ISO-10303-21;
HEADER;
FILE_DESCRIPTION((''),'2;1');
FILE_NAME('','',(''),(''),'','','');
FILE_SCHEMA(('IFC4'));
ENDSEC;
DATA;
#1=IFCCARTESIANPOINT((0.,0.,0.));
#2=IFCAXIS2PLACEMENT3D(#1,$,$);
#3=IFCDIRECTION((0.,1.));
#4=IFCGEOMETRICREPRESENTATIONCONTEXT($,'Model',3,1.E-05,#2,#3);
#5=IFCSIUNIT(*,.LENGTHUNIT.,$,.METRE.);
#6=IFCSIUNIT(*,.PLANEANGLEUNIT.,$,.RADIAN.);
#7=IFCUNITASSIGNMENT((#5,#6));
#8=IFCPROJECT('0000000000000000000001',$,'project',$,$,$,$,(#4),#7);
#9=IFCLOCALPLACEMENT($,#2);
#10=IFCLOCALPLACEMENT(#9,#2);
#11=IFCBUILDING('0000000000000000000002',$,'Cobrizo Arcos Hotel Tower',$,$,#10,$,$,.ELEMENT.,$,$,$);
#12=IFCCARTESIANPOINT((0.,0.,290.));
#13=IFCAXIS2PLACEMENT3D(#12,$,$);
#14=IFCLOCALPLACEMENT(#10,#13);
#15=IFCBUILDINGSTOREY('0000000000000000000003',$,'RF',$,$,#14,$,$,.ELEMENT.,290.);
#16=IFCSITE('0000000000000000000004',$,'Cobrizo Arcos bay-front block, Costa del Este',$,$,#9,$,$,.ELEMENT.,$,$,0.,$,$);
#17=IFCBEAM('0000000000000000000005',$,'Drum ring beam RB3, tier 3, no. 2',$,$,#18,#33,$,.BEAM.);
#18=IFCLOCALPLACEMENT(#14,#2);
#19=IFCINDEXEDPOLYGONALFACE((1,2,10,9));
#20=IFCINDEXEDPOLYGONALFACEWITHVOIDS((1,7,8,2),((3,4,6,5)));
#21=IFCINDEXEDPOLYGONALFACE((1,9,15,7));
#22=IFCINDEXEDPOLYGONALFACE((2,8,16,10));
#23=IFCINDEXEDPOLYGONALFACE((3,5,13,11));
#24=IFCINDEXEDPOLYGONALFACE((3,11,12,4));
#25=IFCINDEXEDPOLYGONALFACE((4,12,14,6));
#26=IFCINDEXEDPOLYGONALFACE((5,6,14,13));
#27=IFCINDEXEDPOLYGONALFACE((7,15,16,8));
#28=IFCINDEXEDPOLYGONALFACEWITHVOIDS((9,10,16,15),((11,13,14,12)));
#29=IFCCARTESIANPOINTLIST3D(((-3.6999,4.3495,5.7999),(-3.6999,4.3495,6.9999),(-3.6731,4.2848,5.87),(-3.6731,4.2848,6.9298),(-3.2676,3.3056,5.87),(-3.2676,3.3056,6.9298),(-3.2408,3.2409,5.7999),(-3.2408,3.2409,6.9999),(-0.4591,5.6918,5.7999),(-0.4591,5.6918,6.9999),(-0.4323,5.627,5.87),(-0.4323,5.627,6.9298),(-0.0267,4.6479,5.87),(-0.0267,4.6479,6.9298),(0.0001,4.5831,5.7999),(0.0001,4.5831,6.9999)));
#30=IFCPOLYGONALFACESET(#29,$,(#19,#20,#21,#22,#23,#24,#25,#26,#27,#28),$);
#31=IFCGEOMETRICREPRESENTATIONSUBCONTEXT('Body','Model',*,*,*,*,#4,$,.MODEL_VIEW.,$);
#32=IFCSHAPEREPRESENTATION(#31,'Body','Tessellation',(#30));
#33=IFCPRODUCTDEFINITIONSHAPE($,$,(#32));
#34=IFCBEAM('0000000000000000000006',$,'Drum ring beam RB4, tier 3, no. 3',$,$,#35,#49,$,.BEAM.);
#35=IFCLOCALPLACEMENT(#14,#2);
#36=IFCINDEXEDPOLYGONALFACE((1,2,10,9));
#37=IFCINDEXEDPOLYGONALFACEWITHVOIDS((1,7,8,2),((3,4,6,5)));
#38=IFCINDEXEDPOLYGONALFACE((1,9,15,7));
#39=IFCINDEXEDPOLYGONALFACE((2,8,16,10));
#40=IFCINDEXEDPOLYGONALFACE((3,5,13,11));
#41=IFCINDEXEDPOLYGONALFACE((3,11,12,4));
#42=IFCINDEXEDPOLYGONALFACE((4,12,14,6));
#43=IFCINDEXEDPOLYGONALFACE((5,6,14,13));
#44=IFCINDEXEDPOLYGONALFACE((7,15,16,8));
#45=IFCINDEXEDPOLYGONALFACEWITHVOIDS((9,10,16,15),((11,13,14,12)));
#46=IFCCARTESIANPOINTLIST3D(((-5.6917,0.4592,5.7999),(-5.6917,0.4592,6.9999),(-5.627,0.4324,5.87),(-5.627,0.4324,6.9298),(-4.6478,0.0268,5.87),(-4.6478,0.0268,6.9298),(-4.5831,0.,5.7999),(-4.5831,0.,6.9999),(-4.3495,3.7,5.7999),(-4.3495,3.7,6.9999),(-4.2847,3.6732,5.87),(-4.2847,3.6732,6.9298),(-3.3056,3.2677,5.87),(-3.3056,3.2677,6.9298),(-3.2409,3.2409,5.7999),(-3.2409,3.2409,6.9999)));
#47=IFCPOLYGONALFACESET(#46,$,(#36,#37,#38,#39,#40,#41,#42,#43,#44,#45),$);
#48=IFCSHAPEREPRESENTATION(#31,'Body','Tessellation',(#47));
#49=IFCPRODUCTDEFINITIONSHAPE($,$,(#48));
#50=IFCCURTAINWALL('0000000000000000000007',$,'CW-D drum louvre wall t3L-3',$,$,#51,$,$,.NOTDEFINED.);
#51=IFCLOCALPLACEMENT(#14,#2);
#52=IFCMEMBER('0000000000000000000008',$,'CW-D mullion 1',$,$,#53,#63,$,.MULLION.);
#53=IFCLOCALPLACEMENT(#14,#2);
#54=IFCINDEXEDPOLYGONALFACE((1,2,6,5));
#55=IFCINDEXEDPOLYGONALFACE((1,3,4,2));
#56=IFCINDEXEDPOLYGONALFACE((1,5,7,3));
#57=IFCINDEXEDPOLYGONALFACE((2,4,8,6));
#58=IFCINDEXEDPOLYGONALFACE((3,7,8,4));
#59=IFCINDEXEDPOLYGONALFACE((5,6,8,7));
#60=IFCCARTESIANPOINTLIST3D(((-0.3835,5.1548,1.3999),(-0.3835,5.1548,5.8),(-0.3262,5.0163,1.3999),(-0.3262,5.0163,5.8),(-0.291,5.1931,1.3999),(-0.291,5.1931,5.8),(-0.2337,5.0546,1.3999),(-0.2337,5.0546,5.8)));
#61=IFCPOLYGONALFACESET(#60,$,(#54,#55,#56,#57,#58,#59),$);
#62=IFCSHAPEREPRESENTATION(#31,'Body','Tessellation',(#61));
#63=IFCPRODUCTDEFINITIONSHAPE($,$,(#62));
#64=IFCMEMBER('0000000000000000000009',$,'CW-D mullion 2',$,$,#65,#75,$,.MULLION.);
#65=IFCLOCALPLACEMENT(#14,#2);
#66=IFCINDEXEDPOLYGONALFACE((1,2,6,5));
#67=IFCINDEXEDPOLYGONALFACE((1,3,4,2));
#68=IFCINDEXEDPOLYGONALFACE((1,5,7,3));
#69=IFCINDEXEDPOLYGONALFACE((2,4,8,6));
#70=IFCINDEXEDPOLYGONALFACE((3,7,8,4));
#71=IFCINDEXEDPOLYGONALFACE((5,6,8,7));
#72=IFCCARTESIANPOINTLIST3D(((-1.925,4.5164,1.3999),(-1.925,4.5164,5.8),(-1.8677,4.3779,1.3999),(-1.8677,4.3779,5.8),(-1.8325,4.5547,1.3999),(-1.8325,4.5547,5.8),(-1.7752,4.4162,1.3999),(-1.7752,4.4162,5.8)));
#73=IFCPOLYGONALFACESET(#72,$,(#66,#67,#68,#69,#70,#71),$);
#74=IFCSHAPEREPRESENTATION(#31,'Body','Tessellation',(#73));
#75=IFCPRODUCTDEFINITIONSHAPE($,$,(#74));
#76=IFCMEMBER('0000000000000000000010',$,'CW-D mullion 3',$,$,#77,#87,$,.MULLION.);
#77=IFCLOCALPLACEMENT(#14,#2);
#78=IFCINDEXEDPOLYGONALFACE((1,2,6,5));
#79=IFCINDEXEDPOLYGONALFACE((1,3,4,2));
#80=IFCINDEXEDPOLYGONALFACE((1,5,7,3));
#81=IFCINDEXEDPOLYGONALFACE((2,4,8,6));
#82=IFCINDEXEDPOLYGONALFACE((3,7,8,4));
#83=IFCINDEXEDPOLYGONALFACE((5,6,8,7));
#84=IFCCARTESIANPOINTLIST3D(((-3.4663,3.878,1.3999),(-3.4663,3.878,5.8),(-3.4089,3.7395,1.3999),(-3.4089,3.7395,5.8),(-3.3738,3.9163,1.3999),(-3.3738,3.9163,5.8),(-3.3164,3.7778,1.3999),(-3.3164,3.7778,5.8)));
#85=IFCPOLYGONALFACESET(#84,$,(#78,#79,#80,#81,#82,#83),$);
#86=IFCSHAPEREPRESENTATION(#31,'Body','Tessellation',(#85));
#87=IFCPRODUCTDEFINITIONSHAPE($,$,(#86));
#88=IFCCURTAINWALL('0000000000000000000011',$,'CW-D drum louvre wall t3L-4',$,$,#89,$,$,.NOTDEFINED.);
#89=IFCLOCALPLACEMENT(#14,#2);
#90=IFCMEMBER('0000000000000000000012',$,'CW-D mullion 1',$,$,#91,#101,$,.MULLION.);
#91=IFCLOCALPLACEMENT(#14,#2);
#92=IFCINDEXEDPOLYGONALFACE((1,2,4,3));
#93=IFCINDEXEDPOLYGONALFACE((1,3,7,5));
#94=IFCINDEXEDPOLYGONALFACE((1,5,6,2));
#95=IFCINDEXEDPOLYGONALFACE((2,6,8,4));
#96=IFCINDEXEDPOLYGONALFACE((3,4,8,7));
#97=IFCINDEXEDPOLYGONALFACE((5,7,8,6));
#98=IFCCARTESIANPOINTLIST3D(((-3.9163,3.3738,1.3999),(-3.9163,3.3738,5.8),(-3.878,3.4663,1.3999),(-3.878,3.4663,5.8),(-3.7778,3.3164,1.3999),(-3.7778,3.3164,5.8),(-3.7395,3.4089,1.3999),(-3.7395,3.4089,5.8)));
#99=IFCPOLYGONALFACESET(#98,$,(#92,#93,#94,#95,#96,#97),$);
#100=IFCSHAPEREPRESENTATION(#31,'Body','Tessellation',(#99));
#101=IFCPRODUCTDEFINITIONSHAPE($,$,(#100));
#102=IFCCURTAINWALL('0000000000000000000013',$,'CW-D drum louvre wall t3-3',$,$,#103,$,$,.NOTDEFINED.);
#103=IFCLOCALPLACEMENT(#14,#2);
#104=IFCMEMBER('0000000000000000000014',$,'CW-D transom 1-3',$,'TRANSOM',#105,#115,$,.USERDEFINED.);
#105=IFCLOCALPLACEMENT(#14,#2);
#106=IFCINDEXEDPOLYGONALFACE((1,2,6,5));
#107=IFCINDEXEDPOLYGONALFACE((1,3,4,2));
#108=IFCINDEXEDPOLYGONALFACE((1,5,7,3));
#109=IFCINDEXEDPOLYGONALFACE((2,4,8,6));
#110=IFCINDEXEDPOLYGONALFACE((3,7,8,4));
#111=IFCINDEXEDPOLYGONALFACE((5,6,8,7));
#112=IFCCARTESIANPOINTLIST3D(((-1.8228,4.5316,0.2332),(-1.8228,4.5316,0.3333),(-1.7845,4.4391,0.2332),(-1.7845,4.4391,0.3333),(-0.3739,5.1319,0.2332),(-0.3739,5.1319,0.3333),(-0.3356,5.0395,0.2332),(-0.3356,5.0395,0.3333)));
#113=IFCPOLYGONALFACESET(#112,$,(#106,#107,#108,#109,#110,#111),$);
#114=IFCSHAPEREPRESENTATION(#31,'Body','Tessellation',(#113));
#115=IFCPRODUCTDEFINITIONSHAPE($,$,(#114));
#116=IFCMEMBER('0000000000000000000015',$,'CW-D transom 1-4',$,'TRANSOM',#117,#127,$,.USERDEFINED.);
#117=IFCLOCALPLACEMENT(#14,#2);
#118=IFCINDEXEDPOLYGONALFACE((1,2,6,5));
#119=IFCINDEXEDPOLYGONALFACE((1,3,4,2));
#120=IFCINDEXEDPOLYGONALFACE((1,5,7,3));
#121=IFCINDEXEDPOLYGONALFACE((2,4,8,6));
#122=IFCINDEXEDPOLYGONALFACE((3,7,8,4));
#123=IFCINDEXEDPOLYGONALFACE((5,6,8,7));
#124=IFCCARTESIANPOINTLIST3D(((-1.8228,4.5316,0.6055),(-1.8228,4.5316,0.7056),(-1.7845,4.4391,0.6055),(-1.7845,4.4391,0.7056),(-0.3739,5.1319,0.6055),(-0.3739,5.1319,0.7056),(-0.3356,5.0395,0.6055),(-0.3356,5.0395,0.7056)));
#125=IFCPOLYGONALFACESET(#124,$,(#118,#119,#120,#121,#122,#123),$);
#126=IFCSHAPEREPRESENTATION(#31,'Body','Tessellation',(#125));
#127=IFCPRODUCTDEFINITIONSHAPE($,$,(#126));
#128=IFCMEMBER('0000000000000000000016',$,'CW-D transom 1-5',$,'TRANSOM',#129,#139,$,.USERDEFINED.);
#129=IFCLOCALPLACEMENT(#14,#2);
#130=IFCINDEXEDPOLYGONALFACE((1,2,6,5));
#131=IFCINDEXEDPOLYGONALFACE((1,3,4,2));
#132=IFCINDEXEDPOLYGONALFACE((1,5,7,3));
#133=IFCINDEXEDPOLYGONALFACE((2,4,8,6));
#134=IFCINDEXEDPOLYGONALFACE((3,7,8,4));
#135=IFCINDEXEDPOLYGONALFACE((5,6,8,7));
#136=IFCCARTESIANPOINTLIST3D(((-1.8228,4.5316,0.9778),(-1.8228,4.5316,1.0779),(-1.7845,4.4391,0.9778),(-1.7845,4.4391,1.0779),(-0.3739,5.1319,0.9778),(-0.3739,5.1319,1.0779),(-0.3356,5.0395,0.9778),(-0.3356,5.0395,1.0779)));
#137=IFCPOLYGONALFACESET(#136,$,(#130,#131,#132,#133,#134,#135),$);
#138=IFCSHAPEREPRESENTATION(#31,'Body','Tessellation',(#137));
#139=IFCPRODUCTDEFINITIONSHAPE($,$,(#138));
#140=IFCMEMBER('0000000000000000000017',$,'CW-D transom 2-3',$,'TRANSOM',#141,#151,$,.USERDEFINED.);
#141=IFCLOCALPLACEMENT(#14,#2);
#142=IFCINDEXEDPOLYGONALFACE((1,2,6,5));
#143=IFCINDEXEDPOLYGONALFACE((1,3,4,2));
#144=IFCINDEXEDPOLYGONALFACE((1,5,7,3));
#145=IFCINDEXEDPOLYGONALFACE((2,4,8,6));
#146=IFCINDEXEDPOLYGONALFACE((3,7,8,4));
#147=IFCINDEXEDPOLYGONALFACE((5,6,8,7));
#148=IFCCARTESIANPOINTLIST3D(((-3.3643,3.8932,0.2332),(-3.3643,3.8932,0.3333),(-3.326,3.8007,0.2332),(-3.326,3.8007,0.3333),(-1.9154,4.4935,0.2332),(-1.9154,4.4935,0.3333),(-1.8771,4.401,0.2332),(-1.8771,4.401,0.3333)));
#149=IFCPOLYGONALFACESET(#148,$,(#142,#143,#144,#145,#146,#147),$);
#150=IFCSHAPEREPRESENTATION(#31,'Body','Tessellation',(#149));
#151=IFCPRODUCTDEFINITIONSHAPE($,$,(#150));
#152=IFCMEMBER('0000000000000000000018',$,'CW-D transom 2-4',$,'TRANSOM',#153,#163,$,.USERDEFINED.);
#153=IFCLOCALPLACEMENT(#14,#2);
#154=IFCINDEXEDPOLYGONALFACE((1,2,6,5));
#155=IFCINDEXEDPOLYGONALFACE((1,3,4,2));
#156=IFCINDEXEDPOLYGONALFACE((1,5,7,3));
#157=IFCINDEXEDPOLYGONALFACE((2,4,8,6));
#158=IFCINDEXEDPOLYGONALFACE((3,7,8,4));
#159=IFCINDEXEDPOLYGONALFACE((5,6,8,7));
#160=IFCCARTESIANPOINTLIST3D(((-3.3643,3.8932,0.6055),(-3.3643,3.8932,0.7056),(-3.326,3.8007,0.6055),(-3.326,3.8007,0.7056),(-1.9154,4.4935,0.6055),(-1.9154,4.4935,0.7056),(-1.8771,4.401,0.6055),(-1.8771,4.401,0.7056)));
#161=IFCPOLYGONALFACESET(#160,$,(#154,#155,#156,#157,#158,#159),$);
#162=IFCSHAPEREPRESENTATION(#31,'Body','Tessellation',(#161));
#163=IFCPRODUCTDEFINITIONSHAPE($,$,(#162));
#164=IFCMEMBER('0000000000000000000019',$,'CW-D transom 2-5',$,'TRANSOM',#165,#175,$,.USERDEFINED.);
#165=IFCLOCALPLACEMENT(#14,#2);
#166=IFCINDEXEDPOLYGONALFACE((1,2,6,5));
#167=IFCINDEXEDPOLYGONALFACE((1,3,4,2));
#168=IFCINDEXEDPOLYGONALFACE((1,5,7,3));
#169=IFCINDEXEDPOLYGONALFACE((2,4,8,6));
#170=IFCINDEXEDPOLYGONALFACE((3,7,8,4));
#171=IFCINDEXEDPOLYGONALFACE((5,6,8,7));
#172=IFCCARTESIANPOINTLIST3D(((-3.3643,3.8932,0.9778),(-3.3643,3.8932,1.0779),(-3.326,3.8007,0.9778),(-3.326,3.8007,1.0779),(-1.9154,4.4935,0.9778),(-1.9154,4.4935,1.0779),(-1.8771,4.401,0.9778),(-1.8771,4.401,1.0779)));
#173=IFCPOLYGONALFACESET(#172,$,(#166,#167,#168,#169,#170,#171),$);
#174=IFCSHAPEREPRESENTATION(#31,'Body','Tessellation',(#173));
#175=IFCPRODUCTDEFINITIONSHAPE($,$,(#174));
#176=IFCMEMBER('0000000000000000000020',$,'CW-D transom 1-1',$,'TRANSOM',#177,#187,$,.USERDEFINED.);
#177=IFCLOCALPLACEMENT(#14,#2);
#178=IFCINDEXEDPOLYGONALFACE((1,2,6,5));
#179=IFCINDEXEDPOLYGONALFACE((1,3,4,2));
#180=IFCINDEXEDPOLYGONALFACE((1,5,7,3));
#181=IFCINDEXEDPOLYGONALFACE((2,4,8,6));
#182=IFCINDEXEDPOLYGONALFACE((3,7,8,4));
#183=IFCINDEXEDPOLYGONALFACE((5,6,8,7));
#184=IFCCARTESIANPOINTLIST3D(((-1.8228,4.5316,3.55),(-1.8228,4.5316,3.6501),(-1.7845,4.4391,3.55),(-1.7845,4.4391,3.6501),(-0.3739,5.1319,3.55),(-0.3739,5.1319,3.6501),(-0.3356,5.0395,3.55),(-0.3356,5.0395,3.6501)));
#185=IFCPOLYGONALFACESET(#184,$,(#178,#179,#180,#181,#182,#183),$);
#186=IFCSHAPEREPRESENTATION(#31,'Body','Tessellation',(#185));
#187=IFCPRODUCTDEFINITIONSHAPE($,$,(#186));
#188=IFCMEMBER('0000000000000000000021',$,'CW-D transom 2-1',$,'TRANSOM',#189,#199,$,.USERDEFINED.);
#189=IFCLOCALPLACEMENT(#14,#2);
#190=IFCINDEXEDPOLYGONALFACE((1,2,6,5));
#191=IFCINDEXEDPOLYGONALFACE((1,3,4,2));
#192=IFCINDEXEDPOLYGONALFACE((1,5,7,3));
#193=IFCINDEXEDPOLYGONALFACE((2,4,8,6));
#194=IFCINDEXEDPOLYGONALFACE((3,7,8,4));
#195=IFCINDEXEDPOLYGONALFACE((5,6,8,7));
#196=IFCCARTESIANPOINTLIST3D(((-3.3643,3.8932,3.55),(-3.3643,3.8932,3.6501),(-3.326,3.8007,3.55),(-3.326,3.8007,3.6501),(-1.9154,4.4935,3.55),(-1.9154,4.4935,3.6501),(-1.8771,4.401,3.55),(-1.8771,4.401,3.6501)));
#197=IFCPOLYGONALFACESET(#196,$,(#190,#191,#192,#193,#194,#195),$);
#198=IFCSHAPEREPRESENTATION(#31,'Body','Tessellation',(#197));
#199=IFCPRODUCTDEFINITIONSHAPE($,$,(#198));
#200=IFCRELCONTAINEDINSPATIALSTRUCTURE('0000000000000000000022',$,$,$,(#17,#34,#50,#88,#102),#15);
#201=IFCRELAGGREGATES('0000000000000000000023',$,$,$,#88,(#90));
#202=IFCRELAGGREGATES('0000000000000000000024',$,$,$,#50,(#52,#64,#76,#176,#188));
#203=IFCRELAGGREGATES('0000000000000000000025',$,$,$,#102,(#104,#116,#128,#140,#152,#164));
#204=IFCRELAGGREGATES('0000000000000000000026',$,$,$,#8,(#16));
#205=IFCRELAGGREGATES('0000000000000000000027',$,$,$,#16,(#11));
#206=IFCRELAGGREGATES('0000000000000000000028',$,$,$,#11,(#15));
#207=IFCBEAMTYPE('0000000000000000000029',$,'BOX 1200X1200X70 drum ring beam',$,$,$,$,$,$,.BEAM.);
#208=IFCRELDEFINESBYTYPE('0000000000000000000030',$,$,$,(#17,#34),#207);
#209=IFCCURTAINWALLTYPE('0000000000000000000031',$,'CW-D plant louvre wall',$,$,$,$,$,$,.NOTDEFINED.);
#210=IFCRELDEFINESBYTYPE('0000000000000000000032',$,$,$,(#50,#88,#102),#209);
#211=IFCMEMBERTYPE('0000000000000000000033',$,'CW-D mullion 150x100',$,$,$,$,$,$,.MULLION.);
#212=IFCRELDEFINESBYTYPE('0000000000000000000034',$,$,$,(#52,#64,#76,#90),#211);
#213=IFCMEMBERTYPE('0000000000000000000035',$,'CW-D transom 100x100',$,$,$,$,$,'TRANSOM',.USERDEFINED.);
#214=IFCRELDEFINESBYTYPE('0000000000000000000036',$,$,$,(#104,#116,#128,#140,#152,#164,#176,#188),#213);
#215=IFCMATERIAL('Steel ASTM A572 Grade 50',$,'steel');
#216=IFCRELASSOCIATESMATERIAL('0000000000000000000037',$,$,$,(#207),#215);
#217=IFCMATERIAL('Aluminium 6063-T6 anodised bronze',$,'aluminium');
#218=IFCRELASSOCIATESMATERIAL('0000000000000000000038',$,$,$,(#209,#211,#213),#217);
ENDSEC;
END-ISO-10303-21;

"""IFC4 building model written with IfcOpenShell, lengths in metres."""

from ifc_helpers import new_model, si_unit, direction, frame, origin, origin_2d, place, context, subcontext, project, spatial, rectangle, hollow_rectangle, extrude, material, material_profile, profile_set, type_object, element, aggregate, save


model = new_model("IFC4")

# Units and contexts
model_context = context("Model", 3, precision=1e-05, world=origin(), true_north=direction((0.0, 1.0)))
body_context = subcontext(model_context, "Body", "Model", "MODEL_VIEW")
ifc_project = project(units=[si_unit("LENGTHUNIT", "METRE"), si_unit("PLANEANGLEUNIT", "RADIAN")], contexts=[model_context])

# Site, building, storey
site_placement = place(None, origin())
site = spatial("IfcSite", under=ifc_project, at=site_placement, Name="Cobrizo Arcos bay-front block, Costa del Este", CompositionType="ELEMENT", RefElevation=0.0)
building_placement = place(site_placement, origin())
building = spatial("IfcBuilding", under=site, at=building_placement, Name="Cobrizo Arcos Hotel Tower", CompositionType="ELEMENT")
storey_placement = place(building_placement, frame((0.0, 0.0, 290.0)))
storey = spatial("IfcBuildingStorey", under=building, at=storey_placement, Name="RF", CompositionType="ELEMENT", Elevation=290.0)

# Beams
ifc_material_1 = material(Name="Steel ASTM A572 Grade 50", Category="steel")
ifc_material_profile_1 = material_profile(ifc_material_1, hollow_rectangle(XDim=1.2, YDim=1.2, WallThickness=0.0701, at=origin_2d()), Name="BOX 1200X1200X70")
ifc_profile_set_1 = profile_set([ifc_material_profile_1], Name="Steel ASTM A572 Grade 50")
beam_type = type_object("IfcBeamType", Name="BOX 1200X1200X70 drum ring beam", PredefinedType="BEAM", material=ifc_profile_set_1)
for number, where, z_axis, x_axis, name in (
    (1, (-0.2295, 5.1375, 6.3999), (-0.923896, -0.382643, 0.0), (0.382643, -0.923896, 0.0), "Drum ring beam RB3, tier 3, no. 2"),
    (2, (-3.7952, 3.4705, 6.3999), (-0.382643, -0.923896, 0.0), (0.923896, -0.382643, 0.0), "Drum ring beam RB4, tier 3, no. 3"),
):
    element("IfcBeam", number, at=place(storey_placement, frame(where, z_axis=z_axis, x_axis=x_axis)), inside=storey, type_object=beam_type, Name=name, PredefinedType="BEAM", context=body_context, shape_type="SweptSolid", body=[
        extrude(hollow_rectangle(XDim=1.2, YDim=1.2, WallThickness=0.0701, at=origin_2d()), origin(), (0.0, 0.0, 1.0), 3.5078),
    ])

# Curtain wall, members
ifc_material_2 = material(Name="Aluminium 6063-T6 anodised bronze", Category="aluminium")
curtain_wall_type = type_object("IfcCurtainWallType", Name="CW-D plant louvre wall", PredefinedType="NOTDEFINED", material=ifc_material_2)
curtain_wall_1_placement = place(storey_placement, origin())
curtain_wall_1 = element("IfcCurtainWall", 3, at=curtain_wall_1_placement, inside=storey, type_object=curtain_wall_type, Name="CW-D drum louvre wall t3L-3", PredefinedType="NOTDEFINED")
ifc_material_profile_2 = material_profile(ifc_material_2, rectangle(XDim=0.1499, YDim=0.1001, at=origin_2d()), Name="CW-D mullion 150x100")
ifc_profile_set_2 = profile_set([ifc_material_profile_2], Name="Aluminium 6063-T6 anodised bronze")
member_type_1 = type_object("IfcMemberType", Name="CW-D mullion 150x100", PredefinedType="MULLION", material=ifc_profile_set_2)
member_1_placement = place(storey_placement, frame((-0.3086, 5.1047, 1.3999), z_axis=(0.0, 0.0, 1.0), x_axis=(-0.382683, 0.92388, 0.0)))
member_1 = element("IfcMember", 4, at=member_1_placement, type_object=member_type_1, Name="CW-D mullion 1", PredefinedType="MULLION", context=body_context, shape_type="SweptSolid", body=[
    extrude(rectangle(XDim=0.1499, YDim=0.1001, at=origin_2d()), origin(), (0.0, 0.0, 1.0), 4.4001),
])
member_2_placement = place(storey_placement, frame((-1.8501, 4.4663, 1.3999), z_axis=(0.0, 0.0, 1.0), x_axis=(-0.382683, 0.92388, 0.0)))
member_2 = element("IfcMember", 5, at=member_2_placement, type_object=member_type_1, Name="CW-D mullion 2", PredefinedType="MULLION", context=body_context, shape_type="SweptSolid", body=[
    extrude(rectangle(XDim=0.1499, YDim=0.1001, at=origin_2d()), origin(), (0.0, 0.0, 1.0), 4.4001),
])
member_3_placement = place(storey_placement, frame((-3.3914, 3.8279, 1.3999), z_axis=(0.0, 0.0, 1.0), x_axis=(-0.382683, 0.92388, 0.0)))
member_3 = element("IfcMember", 6, at=member_3_placement, type_object=member_type_1, Name="CW-D mullion 3", PredefinedType="MULLION", context=body_context, shape_type="SweptSolid", body=[
    extrude(rectangle(XDim=0.1499, YDim=0.1001, at=origin_2d()), origin(), (0.0, 0.0, 1.0), 4.4001),
])

# Curtain wall, member
curtain_wall_2_placement = place(storey_placement, origin())
curtain_wall_2 = element("IfcCurtainWall", 7, at=curtain_wall_2_placement, inside=storey, type_object=curtain_wall_type, Name="CW-D drum louvre wall t3L-4", PredefinedType="NOTDEFINED")
member_4_placement = place(storey_placement, frame((-3.8279, 3.3914, 1.3999), z_axis=(0.0, 0.0, 1.0), x_axis=(-0.92388, 0.382683, 0.0)))
member_4 = element("IfcMember", 8, at=member_4_placement, type_object=member_type_1, Name="CW-D mullion 1", PredefinedType="MULLION", context=body_context, shape_type="SweptSolid", body=[
    extrude(rectangle(XDim=0.1499, YDim=0.1001, at=origin_2d()), origin(), (0.0, 0.0, 1.0), 4.4001),
])
aggregate(curtain_wall_2, [member_4])

# Curtain wall, members
curtain_wall_3_placement = place(storey_placement, origin())
curtain_wall_3 = element("IfcCurtainWall", 9, at=curtain_wall_3_placement, inside=storey, type_object=curtain_wall_type, Name="CW-D drum louvre wall t3-3", PredefinedType="NOTDEFINED")
ifc_material_profile_3 = material_profile(ifc_material_2, rectangle(XDim=0.1001, YDim=0.1001, at=origin_2d()), Name="CW-D transom 100x100")
ifc_profile_set_3 = profile_set([ifc_material_profile_3], Name="Aluminium 6063-T6 anodised bronze")
member_type_2 = type_object("IfcMemberType", Name="CW-D transom 100x100", ElementType="TRANSOM", PredefinedType="USERDEFINED", material=ifc_profile_set_3)
member_5_placement = place(storey_placement, frame((-0.3547, 5.0857, 0.2832), z_axis=(-0.923844, -0.382769, 0.0), x_axis=(0.382769, -0.923844, 0.0)))
member_5 = element("IfcMember", 10, at=member_5_placement, type_object=member_type_2, Name="CW-D transom 1-3", ObjectType="TRANSOM", PredefinedType="USERDEFINED", context=body_context, shape_type="SweptSolid", body=[
    extrude(rectangle(XDim=0.1001, YDim=0.1001, at=origin_2d()), origin(), (0.0, 0.0, 1.0), 1.5684),
])
member_6_placement = place(storey_placement, frame((-0.3547, 5.0857, 0.6555), z_axis=(-0.923844, -0.382769, 0.0), x_axis=(0.382769, -0.923844, 0.0)))
member_6 = element("IfcMember", 11, at=member_6_placement, type_object=member_type_2, Name="CW-D transom 1-4", ObjectType="TRANSOM", PredefinedType="USERDEFINED", context=body_context, shape_type="SweptSolid", body=[
    extrude(rectangle(XDim=0.1001, YDim=0.1001, at=origin_2d()), origin(), (0.0, 0.0, 1.0), 1.5684),
])
member_7_placement = place(storey_placement, frame((-0.3547, 5.0857, 1.0278), z_axis=(-0.923844, -0.382769, 0.0), x_axis=(0.382769, -0.923844, 0.0)))
member_7 = element("IfcMember", 12, at=member_7_placement, type_object=member_type_2, Name="CW-D transom 1-5", ObjectType="TRANSOM", PredefinedType="USERDEFINED", context=body_context, shape_type="SweptSolid", body=[
    extrude(rectangle(XDim=0.1001, YDim=0.1001, at=origin_2d()), origin(), (0.0, 0.0, 1.0), 1.5684),
])
member_8_placement = place(storey_placement, frame((-1.8962, 4.4473, 0.2832), z_axis=(-0.923844, -0.382769, 0.0), x_axis=(0.382769, -0.923844, 0.0)))
member_8 = element("IfcMember", 13, at=member_8_placement, type_object=member_type_2, Name="CW-D transom 2-3", ObjectType="TRANSOM", PredefinedType="USERDEFINED", context=body_context, shape_type="SweptSolid", body=[
    extrude(rectangle(XDim=0.1001, YDim=0.1001, at=origin_2d()), origin(), (0.0, 0.0, 1.0), 1.5684),
])
member_9_placement = place(storey_placement, frame((-1.8962, 4.4473, 0.6555), z_axis=(-0.923844, -0.382769, 0.0), x_axis=(0.382769, -0.923844, 0.0)))
member_9 = element("IfcMember", 14, at=member_9_placement, type_object=member_type_2, Name="CW-D transom 2-4", ObjectType="TRANSOM", PredefinedType="USERDEFINED", context=body_context, shape_type="SweptSolid", body=[
    extrude(rectangle(XDim=0.1001, YDim=0.1001, at=origin_2d()), origin(), (0.0, 0.0, 1.0), 1.5684),
])
member_10_placement = place(storey_placement, frame((-1.8962, 4.4473, 1.0278), z_axis=(-0.923844, -0.382769, 0.0), x_axis=(0.382769, -0.923844, 0.0)))
member_10 = element("IfcMember", 15, at=member_10_placement, type_object=member_type_2, Name="CW-D transom 2-5", ObjectType="TRANSOM", PredefinedType="USERDEFINED", context=body_context, shape_type="SweptSolid", body=[
    extrude(rectangle(XDim=0.1001, YDim=0.1001, at=origin_2d()), origin(), (0.0, 0.0, 1.0), 1.5684),
])

# Members
member_11_placement = place(storey_placement, frame((-0.3547, 5.0857, 3.6001), z_axis=(-0.923844, -0.382769, 0.0), x_axis=(0.382769, -0.923844, 0.0)))
member_11 = element("IfcMember", 16, at=member_11_placement, type_object=member_type_2, Name="CW-D transom 1-1", ObjectType="TRANSOM", PredefinedType="USERDEFINED", context=body_context, shape_type="SweptSolid", body=[
    extrude(rectangle(XDim=0.1001, YDim=0.1001, at=origin_2d()), origin(), (0.0, 0.0, 1.0), 1.5684),
])
member_12_placement = place(storey_placement, frame((-1.8962, 4.4473, 3.6001), z_axis=(-0.923844, -0.382769, 0.0), x_axis=(0.382769, -0.923844, 0.0)))
member_12 = element("IfcMember", 17, at=member_12_placement, type_object=member_type_2, Name="CW-D transom 2-1", ObjectType="TRANSOM", PredefinedType="USERDEFINED", context=body_context, shape_type="SweptSolid", body=[
    extrude(rectangle(XDim=0.1001, YDim=0.1001, at=origin_2d()), origin(), (0.0, 0.0, 1.0), 1.5684),
])

aggregate(curtain_wall_1, [member_1, member_2, member_3, member_11, member_12])
aggregate(curtain_wall_3, [member_5, member_6, member_7, member_8, member_9, member_10])

save(model, "model.ifc")
